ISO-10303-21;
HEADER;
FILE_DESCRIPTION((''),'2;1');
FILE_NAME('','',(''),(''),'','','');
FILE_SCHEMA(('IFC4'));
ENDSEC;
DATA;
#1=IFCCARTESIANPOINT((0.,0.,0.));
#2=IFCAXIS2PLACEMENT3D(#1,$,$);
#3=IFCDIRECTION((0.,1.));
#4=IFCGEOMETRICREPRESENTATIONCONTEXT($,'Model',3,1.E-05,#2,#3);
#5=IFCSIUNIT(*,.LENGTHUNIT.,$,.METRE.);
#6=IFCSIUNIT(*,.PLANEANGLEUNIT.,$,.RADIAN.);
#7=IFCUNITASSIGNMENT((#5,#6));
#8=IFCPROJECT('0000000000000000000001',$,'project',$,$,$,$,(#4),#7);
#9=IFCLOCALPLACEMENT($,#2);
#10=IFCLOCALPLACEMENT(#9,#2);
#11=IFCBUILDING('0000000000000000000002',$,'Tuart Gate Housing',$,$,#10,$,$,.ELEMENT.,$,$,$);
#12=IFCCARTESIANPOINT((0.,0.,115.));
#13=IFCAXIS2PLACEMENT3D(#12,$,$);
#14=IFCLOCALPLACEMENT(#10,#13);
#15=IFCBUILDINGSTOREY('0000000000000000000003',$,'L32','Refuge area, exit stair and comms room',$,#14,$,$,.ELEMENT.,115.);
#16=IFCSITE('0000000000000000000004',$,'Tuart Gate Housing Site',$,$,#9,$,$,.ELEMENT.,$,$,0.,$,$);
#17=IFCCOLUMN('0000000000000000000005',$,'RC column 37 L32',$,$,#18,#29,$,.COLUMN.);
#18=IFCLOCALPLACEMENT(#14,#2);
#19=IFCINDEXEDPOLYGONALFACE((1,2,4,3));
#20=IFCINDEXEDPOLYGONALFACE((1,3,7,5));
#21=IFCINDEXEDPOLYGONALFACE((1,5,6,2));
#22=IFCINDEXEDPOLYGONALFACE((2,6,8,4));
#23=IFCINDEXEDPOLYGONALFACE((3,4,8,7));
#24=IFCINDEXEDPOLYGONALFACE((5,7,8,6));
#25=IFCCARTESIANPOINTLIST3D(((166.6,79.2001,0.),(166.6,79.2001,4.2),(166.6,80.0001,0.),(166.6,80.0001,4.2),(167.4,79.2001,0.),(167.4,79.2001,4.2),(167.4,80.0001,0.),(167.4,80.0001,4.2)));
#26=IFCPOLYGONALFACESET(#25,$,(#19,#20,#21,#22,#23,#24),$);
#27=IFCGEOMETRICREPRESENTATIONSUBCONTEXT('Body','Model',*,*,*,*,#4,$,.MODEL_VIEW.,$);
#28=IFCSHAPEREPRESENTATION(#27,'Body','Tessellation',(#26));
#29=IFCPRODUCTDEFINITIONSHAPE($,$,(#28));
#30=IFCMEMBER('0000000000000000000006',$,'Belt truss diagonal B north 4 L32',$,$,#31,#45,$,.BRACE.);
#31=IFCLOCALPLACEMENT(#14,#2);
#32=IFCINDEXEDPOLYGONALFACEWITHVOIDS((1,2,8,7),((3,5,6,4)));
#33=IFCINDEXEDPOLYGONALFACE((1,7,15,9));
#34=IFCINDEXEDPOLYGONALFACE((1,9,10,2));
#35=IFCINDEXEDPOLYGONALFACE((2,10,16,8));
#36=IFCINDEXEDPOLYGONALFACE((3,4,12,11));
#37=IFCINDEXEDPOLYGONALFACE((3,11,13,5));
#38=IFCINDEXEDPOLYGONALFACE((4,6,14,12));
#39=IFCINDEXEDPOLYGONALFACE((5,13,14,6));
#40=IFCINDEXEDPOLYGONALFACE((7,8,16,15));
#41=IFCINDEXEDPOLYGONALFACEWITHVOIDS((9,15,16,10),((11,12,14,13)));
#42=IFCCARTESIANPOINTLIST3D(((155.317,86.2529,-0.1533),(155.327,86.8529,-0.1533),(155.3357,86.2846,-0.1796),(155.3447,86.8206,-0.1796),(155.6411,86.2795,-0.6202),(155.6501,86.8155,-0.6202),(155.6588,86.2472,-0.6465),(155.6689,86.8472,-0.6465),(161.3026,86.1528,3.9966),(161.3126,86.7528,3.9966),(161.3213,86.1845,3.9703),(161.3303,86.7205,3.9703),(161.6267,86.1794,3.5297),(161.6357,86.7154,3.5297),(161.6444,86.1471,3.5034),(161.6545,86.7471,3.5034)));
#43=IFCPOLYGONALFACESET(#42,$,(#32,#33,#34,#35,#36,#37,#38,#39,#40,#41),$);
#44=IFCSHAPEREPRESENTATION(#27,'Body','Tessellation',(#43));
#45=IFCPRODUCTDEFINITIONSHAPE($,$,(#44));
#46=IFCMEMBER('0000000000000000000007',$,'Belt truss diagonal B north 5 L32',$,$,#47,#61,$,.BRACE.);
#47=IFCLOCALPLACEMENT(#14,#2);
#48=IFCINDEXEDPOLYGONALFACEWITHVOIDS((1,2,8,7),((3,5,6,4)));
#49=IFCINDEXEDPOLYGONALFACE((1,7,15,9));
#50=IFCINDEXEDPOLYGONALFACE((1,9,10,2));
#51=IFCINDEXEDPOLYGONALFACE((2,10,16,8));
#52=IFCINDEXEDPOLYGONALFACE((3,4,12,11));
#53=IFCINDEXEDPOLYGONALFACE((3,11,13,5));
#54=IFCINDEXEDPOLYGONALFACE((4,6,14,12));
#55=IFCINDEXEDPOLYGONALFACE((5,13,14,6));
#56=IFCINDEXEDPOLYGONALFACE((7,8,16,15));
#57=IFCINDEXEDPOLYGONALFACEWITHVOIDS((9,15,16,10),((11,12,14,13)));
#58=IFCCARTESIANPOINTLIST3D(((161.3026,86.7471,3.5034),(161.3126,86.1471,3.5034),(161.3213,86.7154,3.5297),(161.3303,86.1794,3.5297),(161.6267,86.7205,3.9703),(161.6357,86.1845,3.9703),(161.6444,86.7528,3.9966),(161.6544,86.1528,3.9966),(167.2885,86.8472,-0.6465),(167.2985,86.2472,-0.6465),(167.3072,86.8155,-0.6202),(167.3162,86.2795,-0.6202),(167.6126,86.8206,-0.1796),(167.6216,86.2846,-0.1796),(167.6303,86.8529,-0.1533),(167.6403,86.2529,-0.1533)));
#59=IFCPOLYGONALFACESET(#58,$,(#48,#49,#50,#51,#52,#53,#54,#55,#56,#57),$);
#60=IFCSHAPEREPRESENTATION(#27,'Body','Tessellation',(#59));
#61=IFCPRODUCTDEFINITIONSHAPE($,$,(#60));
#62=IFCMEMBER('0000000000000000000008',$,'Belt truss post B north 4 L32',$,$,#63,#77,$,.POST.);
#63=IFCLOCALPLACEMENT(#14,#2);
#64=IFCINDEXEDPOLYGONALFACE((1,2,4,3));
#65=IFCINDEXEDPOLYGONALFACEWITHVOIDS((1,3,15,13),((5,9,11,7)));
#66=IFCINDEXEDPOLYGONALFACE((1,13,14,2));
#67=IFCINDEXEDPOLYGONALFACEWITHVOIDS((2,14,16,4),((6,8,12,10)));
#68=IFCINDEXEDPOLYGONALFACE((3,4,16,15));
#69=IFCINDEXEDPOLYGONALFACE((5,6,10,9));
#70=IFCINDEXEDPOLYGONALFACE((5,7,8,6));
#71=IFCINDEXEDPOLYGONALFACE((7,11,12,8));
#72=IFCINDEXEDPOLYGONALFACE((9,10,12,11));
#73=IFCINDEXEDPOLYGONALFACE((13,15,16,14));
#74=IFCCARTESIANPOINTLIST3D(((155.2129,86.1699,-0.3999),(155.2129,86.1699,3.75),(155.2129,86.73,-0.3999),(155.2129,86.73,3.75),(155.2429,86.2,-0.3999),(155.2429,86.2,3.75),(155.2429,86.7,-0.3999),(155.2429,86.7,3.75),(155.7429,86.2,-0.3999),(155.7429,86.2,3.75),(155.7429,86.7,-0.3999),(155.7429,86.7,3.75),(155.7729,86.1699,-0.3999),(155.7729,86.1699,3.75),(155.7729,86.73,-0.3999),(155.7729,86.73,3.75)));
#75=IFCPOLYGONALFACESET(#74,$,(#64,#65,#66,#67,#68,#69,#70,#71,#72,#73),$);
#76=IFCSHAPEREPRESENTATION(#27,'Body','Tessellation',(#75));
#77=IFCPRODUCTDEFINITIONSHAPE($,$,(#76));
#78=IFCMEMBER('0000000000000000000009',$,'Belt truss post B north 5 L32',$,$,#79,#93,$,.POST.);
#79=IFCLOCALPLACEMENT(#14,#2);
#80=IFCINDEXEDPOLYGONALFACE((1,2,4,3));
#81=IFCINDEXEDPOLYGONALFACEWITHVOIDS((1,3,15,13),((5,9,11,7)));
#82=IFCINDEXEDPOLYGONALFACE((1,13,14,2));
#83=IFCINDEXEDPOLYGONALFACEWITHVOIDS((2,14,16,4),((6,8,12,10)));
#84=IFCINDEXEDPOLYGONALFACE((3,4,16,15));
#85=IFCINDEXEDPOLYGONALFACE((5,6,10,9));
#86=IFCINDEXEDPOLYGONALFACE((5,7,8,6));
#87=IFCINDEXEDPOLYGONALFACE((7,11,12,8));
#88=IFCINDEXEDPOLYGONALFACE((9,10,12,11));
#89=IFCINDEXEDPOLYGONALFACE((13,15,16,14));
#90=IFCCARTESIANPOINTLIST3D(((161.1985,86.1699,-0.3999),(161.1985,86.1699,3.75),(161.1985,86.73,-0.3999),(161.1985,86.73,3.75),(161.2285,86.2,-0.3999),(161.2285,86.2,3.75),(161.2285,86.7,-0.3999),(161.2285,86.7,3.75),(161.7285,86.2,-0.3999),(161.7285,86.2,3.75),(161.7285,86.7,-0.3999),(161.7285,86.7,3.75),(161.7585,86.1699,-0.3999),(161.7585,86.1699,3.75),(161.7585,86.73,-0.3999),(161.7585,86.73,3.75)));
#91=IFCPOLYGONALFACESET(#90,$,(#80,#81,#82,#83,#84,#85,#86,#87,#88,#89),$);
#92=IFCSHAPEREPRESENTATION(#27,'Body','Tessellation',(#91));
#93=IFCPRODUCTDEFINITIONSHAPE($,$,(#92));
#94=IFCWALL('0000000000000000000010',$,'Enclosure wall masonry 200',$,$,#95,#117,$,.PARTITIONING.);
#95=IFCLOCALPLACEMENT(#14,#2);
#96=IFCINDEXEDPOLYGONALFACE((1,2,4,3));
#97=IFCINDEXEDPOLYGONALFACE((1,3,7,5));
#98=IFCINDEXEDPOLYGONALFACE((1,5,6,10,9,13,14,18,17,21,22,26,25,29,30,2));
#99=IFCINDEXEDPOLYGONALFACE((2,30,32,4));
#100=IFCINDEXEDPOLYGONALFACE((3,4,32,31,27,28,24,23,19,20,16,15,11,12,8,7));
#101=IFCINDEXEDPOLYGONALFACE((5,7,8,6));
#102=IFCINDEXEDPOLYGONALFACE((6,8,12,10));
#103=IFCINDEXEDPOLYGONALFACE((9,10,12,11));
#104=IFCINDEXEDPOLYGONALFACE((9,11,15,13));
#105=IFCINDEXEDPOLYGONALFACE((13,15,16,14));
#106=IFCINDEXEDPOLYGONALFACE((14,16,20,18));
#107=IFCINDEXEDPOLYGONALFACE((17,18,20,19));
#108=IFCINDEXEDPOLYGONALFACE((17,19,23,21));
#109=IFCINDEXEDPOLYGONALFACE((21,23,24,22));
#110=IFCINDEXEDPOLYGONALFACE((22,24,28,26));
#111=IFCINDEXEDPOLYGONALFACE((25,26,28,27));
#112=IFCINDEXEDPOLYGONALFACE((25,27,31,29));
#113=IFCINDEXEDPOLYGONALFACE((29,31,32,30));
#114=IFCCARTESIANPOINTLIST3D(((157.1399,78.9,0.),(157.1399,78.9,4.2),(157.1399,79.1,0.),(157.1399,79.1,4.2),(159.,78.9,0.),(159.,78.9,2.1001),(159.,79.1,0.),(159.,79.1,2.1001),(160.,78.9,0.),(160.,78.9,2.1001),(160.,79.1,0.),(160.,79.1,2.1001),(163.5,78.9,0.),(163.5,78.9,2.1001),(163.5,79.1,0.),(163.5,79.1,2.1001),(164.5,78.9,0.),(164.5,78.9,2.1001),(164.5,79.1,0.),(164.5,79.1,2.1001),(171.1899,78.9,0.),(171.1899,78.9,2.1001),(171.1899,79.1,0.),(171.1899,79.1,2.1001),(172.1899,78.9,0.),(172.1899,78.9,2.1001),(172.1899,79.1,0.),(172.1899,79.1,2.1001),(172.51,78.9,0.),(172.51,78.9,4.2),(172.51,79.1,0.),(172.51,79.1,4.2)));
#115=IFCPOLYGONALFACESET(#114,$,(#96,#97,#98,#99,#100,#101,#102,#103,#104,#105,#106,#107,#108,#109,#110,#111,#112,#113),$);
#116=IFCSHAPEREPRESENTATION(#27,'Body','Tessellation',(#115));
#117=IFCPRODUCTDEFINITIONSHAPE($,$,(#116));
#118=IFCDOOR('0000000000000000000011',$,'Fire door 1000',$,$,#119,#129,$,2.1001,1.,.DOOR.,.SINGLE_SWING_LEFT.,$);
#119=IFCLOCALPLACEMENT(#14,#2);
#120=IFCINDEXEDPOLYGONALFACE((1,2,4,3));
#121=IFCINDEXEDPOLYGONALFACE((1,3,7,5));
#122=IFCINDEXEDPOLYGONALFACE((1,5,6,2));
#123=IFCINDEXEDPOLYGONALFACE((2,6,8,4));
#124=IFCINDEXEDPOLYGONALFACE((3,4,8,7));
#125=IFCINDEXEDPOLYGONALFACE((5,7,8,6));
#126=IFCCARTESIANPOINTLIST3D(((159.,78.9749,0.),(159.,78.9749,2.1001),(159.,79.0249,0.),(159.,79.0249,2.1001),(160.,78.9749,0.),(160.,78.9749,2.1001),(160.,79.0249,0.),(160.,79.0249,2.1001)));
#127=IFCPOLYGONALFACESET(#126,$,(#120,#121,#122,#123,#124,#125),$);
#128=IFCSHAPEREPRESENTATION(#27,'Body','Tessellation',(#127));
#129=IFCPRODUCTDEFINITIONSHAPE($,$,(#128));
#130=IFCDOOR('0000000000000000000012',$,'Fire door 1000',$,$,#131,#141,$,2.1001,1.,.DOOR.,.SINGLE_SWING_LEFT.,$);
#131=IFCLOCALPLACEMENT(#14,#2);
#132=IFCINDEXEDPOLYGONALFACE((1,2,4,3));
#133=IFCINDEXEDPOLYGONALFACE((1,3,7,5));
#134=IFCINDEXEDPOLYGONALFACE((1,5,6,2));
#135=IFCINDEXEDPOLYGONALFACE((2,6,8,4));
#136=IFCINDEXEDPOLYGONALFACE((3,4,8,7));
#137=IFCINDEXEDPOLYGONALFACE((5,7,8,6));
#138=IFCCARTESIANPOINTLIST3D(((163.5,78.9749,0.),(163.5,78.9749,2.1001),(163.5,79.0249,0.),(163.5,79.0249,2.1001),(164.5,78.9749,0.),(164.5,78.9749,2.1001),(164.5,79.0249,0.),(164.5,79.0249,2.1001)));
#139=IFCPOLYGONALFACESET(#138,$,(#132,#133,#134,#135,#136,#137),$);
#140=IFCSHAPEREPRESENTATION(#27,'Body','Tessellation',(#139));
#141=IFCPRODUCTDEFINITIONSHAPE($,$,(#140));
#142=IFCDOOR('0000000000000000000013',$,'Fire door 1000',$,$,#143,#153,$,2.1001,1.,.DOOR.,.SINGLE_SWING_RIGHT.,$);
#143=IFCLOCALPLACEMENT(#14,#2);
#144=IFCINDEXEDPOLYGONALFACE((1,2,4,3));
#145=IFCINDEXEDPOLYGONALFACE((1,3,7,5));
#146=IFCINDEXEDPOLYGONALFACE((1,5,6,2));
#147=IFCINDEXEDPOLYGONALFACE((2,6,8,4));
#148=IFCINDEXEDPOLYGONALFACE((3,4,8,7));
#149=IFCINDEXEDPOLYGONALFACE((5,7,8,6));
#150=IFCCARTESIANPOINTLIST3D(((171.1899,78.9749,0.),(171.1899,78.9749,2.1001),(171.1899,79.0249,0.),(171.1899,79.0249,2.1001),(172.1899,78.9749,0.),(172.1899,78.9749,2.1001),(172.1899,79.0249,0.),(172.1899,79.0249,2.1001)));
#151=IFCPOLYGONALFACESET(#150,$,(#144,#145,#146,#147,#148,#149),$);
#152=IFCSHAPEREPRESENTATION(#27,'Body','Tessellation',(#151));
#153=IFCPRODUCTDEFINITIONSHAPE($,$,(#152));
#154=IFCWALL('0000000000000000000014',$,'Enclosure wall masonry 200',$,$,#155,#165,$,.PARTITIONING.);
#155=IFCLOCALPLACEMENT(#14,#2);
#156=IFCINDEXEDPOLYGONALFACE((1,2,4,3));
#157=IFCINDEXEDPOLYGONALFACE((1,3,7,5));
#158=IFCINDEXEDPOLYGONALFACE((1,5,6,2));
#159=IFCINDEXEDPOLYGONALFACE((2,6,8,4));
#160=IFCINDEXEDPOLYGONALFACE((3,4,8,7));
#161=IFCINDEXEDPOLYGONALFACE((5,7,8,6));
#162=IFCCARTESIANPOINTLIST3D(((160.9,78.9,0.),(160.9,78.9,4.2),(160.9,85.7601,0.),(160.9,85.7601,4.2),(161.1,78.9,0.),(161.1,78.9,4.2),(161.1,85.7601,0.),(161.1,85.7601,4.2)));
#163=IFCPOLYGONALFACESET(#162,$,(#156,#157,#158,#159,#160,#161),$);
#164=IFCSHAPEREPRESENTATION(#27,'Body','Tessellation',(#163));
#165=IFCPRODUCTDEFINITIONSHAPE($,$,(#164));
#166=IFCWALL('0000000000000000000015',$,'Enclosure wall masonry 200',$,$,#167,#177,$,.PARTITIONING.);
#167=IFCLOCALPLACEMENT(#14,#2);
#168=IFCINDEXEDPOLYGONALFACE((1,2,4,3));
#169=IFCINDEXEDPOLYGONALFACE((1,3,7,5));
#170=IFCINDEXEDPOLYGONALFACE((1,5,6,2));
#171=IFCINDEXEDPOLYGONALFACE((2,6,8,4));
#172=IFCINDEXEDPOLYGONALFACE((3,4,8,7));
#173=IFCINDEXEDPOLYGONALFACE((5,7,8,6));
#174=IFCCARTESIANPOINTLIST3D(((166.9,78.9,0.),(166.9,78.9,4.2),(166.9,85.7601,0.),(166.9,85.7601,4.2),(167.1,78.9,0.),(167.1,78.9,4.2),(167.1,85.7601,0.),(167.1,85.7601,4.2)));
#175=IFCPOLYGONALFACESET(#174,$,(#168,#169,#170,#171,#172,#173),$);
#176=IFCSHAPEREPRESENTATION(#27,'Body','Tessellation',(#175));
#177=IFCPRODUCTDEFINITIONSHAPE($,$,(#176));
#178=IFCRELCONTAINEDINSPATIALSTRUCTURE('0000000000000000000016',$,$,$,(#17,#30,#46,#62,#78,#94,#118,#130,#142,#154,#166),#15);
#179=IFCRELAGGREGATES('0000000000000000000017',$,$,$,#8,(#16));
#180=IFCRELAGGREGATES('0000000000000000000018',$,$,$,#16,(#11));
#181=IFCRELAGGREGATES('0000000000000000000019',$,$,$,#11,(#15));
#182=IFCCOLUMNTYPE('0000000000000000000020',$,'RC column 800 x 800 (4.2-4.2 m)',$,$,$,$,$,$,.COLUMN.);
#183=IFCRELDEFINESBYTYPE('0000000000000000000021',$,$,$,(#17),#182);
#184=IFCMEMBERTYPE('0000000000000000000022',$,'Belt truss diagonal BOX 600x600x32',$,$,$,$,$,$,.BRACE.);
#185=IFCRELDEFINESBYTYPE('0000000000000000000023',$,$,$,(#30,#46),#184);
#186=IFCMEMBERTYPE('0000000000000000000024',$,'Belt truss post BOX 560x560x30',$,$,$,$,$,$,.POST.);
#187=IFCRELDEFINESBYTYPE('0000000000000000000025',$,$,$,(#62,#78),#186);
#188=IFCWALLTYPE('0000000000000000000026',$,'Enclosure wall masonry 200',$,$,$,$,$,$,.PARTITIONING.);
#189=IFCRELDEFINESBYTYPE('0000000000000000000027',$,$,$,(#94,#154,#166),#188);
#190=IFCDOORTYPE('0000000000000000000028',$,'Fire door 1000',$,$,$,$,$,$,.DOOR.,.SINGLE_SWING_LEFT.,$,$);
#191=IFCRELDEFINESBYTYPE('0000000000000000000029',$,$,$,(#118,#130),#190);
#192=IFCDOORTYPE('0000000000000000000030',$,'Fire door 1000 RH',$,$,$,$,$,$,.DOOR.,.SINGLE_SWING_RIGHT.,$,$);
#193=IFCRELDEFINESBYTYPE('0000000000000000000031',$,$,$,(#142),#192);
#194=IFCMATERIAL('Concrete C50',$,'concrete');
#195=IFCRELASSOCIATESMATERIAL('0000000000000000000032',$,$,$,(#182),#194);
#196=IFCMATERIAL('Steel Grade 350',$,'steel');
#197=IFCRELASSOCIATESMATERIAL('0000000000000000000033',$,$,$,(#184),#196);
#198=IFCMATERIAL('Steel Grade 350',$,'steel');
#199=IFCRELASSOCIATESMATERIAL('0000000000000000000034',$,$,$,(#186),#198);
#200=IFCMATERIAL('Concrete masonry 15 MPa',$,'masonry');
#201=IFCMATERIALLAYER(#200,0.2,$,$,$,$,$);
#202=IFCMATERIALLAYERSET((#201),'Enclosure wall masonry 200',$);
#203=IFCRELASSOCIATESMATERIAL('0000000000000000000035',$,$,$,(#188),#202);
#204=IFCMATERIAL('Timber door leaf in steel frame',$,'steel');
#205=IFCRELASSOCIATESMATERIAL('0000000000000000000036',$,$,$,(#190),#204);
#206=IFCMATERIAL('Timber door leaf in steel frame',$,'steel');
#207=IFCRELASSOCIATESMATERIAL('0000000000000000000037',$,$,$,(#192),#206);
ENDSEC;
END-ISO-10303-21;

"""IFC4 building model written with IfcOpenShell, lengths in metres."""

from ifc_helpers import new_model, si_unit, direction, frame, frame_2d, origin, origin_2d, place, context, subcontext, project, spatial, rectangle, hollow_rectangle, extrude, material, layer, layer_set, material_profile, profile_set, type_object, element, fill, save


model = new_model("IFC4")

# Units and contexts
model_context = context("Model", 3, precision=1e-05, world=origin(), true_north=direction((0.0, 1.0)))
body_context = subcontext(model_context, "Body", "Model", "MODEL_VIEW")
ifc_project = project(units=[si_unit("LENGTHUNIT", "METRE"), si_unit("PLANEANGLEUNIT", "RADIAN")], contexts=[model_context])

# Site, building, storey
site_placement = place(None, origin())
site = spatial("IfcSite", under=ifc_project, at=site_placement, Name="Tuart Gate Housing Site", CompositionType="ELEMENT", RefElevation=0.0)
building_placement = place(site_placement, origin())
building = spatial("IfcBuilding", under=site, at=building_placement, Name="Tuart Gate Housing", CompositionType="ELEMENT")
storey_placement = place(building_placement, frame((0.0, 0.0, 115.0)))
storey = spatial("IfcBuildingStorey", under=building, at=storey_placement, Name="L32", Description="Refuge area, exit stair and comms room", CompositionType="ELEMENT", Elevation=115.0)

# Column
ifc_material_1 = material(Name="Concrete C50", Category="concrete")
ifc_material_profile_1 = material_profile(ifc_material_1, rectangle(XDim=0.8, YDim=0.8, at=origin_2d()), Name="RC column 800 x 800 (4.2-4.2 m)")
ifc_profile_set_1 = profile_set([ifc_material_profile_1], Name="Concrete C50")
column_type = type_object("IfcColumnType", Name="RC column 800 x 800 (4.2-4.2 m)", PredefinedType="COLUMN", material=ifc_profile_set_1)
column_placement = place(storey_placement, frame((167.0, 79.6001, 0.0), z_axis=(0.0, 0.0, 1.0), x_axis=(1.0, 0.0, 0.0)))
element("IfcColumn", 1, at=column_placement, inside=storey, type_object=column_type, Name="RC column 37 L32", PredefinedType="COLUMN", context=body_context, shape_type="SweptSolid", body=[
    extrude(rectangle(XDim=0.8, YDim=0.8, at=origin_2d()), origin(), (0.0, 0.0, 1.0), 4.2),
])

# Members
ifc_material_2 = material(Name="Steel Grade 350", Category="steel")
ifc_material_profile_2 = material_profile(ifc_material_2, hollow_rectangle(XDim=0.6001, YDim=0.6001, WallThickness=0.032, at=origin_2d()), Name="BOX 600x600x32")
ifc_profile_set_2 = profile_set([ifc_material_profile_2], Name="Steel Grade 350")
member_type_1 = type_object("IfcMemberType", Name="Belt truss diagonal BOX 600x600x32", PredefinedType="BRACE", material=ifc_profile_set_2)
member_1_placement = place(storey_placement, frame((155.4929, 86.55, -0.3999), z_axis=(0.821727, -0.013742, 0.569716), x_axis=(0.016721, 0.99986, 0.0)))
element("IfcMember", 2, at=member_1_placement, inside=storey, type_object=member_type_1, Name="Belt truss diagonal B north 4 L32", PredefinedType="BRACE", context=body_context, shape_type="SweptSolid", body=[
    extrude(hollow_rectangle(XDim=0.6001, YDim=0.6001, WallThickness=0.032, at=origin_2d()), origin(), (0.0, 0.0, 1.0), 7.2842),
])
member_2_placement = place(storey_placement, frame((161.4785, 86.45, 3.75), z_axis=(0.821738, 0.013741, -0.5697), x_axis=(-0.01672, 0.99986, 0.0)))
element("IfcMember", 3, at=member_2_placement, inside=storey, type_object=member_type_1, Name="Belt truss diagonal B north 5 L32", PredefinedType="BRACE", context=body_context, shape_type="SweptSolid", body=[
    extrude(hollow_rectangle(XDim=0.6001, YDim=0.6001, WallThickness=0.032, at=origin_2d()), origin(), (0.0, 0.0, 1.0), 7.2844),
])
ifc_material_3 = material(Name="Steel Grade 350", Category="steel")
ifc_material_profile_3 = material_profile(ifc_material_3, hollow_rectangle(XDim=0.5601, YDim=0.5601, WallThickness=0.03, at=origin_2d()), Name="BOX 560x560x30")
ifc_profile_set_3 = profile_set([ifc_material_profile_3], Name="Steel Grade 350")
member_type_2 = type_object("IfcMemberType", Name="Belt truss post BOX 560x560x30", PredefinedType="POST", material=ifc_profile_set_3)
for number, where, z_axis, x_axis, name in (
    (4, (155.4929, 86.45, -0.3999), (0.0, 0.0, 1.0), (1.0, 0.0, 0.0), "Belt truss post B north 4 L32"),
    (5, (161.4785, 86.45, -0.3999), (0.0, 0.0, 1.0), (1.0, 0.0, 0.0), "Belt truss post B north 5 L32"),
):
    element("IfcMember", number, at=place(storey_placement, frame(where, z_axis=z_axis, x_axis=x_axis)), inside=storey, type_object=member_type_2, Name=name, PredefinedType="POST", context=body_context, shape_type="SweptSolid", body=[
        extrude(hollow_rectangle(XDim=0.5601, YDim=0.5601, WallThickness=0.03, at=origin_2d()), origin(), (0.0, 0.0, 1.0), 4.1499),
    ])

# Wall, openings, doors
ifc_material_4 = material(Name="Concrete masonry 15 MPa", Category="masonry")
ifc_layer = layer(ifc_material_4, 0.2)
ifc_layer_set = layer_set([ifc_layer], Name="Enclosure wall masonry 200")
wall_type = type_object("IfcWallType", Name="Enclosure wall masonry 200", PredefinedType="PARTITIONING", material=ifc_layer_set)
wall_placement = place(storey_placement, frame((157.1399, 79.0, 0.0), z_axis=(0.0, 0.0, 1.0), x_axis=(1.0, 0.0, 0.0)))
wall = element("IfcWall", 6, at=wall_placement, inside=storey, type_object=wall_type, Name="Enclosure wall masonry 200", PredefinedType="PARTITIONING", context=body_context, shape_type="SweptSolid", body=[
    extrude(rectangle(XDim=15.3701, YDim=0.2, at=frame_2d((7.6851, 0.0))), origin(), (0.0, 0.0, 1.0), 4.2),
])
opening_1_placement = place(wall_placement, frame((1.8601, 0.0, 0.0)))
opening_1 = element("IfcOpeningElement", 7, at=opening_1_placement, cuts=wall, PredefinedType="OPENING", context=body_context, shape_type="SweptSolid", body=[
    extrude(rectangle(XDim=1.0, YDim=2.1001, at=frame_2d((0.5, 1.05))), frame((0.0, 0.1099, 0.0), z_axis=(0.0, -1.0, 0.0), x_axis=(1.0, 0.0, 0.0)), (0.0, 0.0, 1.0), 0.22),
])
opening_2_placement = place(wall_placement, frame((6.3601, 0.0, 0.0)))
opening_2 = element("IfcOpeningElement", 8, at=opening_2_placement, cuts=wall, PredefinedType="OPENING", context=body_context, shape_type="SweptSolid", body=[
    extrude(rectangle(XDim=1.0, YDim=2.1001, at=frame_2d((0.5, 1.05))), frame((0.0, 0.1099, 0.0), z_axis=(0.0, -1.0, 0.0), x_axis=(1.0, 0.0, 0.0)), (0.0, 0.0, 1.0), 0.22),
])
opening_3_placement = place(wall_placement, frame((14.05, 0.0, 0.0)))
opening_3 = element("IfcOpeningElement", 9, at=opening_3_placement, cuts=wall, PredefinedType="OPENING", context=body_context, shape_type="SweptSolid", body=[
    extrude(rectangle(XDim=1.0, YDim=2.1001, at=frame_2d((0.5, 1.05))), frame((0.0, 0.1099, 0.0), z_axis=(0.0, -1.0, 0.0), x_axis=(1.0, 0.0, 0.0)), (0.0, 0.0, 1.0), 0.22),
])
ifc_material_5 = material(Name="Timber door leaf in steel frame", Category="steel")
door_type_1 = type_object("IfcDoorType", Name="Fire door 1000", OperationType="SINGLE_SWING_LEFT", PredefinedType="DOOR", material=ifc_material_5)
door_1_placement = place(opening_1_placement, origin())
door_1 = element("IfcDoor", 10, at=door_1_placement, inside=storey, type_object=door_type_1, Name="Fire door 1000", OperationType="SINGLE_SWING_LEFT", OverallHeight=2.1001, OverallWidth=1.0, PredefinedType="DOOR", context=body_context, shape_type="SweptSolid", body=[
    extrude(rectangle(XDim=1.0, YDim=2.1001, at=frame_2d((0.5, 1.05))), frame((0.0, 0.0249, 0.0), z_axis=(0.0, -1.0, 0.0), x_axis=(1.0, 0.0, 0.0)), (0.0, 0.0, 1.0), 0.05),
])
fill(opening_1, door_1)
door_2_placement = place(opening_2_placement, origin())
door_2 = element("IfcDoor", 11, at=door_2_placement, inside=storey, type_object=door_type_1, Name="Fire door 1000", OperationType="SINGLE_SWING_LEFT", OverallHeight=2.1001, OverallWidth=1.0, PredefinedType="DOOR", context=body_context, shape_type="SweptSolid", body=[
    extrude(rectangle(XDim=1.0, YDim=2.1001, at=frame_2d((0.5, 1.05))), frame((0.0, 0.0249, 0.0), z_axis=(0.0, -1.0, 0.0), x_axis=(1.0, 0.0, 0.0)), (0.0, 0.0, 1.0), 0.05),
])
fill(opening_2, door_2)
ifc_material_6 = material(Name="Timber door leaf in steel frame", Category="steel")
door_type_2 = type_object("IfcDoorType", Name="Fire door 1000 RH", OperationType="SINGLE_SWING_RIGHT", PredefinedType="DOOR", material=ifc_material_6)
door_3_placement = place(opening_3_placement, origin())
door_3 = element("IfcDoor", 12, at=door_3_placement, inside=storey, type_object=door_type_2, Name="Fire door 1000", OperationType="SINGLE_SWING_RIGHT", OverallHeight=2.1001, OverallWidth=1.0, PredefinedType="DOOR", context=body_context, shape_type="SweptSolid", body=[
    extrude(rectangle(XDim=1.0, YDim=2.1001, at=frame_2d((0.5, 1.05))), frame((0.0, 0.0249, 0.0), z_axis=(0.0, -1.0, 0.0), x_axis=(1.0, 0.0, 0.0)), (0.0, 0.0, 1.0), 0.05),
])
fill(opening_3, door_3)

# Walls
for number, where, z_axis, x_axis, name in (
    (13, (161.0, 78.8999, 0.0), (0.0, 0.0, 1.0), (0.0, 1.0, 0.0), "Enclosure wall masonry 200"),
    (14, (167.0, 78.8999, 0.0), (0.0, 0.0, 1.0), (0.0, 1.0, 0.0), "Enclosure wall masonry 200"),
):
    element("IfcWall", number, at=place(storey_placement, frame(where, z_axis=z_axis, x_axis=x_axis)), inside=storey, type_object=wall_type, Name=name, PredefinedType="PARTITIONING", context=body_context, shape_type="SweptSolid", body=[
        extrude(rectangle(XDim=6.8601, YDim=0.2, at=frame_2d((3.4302, 0.0))), origin(), (0.0, 0.0, 1.0), 4.2),
    ])

save(model, "model.ifc")
